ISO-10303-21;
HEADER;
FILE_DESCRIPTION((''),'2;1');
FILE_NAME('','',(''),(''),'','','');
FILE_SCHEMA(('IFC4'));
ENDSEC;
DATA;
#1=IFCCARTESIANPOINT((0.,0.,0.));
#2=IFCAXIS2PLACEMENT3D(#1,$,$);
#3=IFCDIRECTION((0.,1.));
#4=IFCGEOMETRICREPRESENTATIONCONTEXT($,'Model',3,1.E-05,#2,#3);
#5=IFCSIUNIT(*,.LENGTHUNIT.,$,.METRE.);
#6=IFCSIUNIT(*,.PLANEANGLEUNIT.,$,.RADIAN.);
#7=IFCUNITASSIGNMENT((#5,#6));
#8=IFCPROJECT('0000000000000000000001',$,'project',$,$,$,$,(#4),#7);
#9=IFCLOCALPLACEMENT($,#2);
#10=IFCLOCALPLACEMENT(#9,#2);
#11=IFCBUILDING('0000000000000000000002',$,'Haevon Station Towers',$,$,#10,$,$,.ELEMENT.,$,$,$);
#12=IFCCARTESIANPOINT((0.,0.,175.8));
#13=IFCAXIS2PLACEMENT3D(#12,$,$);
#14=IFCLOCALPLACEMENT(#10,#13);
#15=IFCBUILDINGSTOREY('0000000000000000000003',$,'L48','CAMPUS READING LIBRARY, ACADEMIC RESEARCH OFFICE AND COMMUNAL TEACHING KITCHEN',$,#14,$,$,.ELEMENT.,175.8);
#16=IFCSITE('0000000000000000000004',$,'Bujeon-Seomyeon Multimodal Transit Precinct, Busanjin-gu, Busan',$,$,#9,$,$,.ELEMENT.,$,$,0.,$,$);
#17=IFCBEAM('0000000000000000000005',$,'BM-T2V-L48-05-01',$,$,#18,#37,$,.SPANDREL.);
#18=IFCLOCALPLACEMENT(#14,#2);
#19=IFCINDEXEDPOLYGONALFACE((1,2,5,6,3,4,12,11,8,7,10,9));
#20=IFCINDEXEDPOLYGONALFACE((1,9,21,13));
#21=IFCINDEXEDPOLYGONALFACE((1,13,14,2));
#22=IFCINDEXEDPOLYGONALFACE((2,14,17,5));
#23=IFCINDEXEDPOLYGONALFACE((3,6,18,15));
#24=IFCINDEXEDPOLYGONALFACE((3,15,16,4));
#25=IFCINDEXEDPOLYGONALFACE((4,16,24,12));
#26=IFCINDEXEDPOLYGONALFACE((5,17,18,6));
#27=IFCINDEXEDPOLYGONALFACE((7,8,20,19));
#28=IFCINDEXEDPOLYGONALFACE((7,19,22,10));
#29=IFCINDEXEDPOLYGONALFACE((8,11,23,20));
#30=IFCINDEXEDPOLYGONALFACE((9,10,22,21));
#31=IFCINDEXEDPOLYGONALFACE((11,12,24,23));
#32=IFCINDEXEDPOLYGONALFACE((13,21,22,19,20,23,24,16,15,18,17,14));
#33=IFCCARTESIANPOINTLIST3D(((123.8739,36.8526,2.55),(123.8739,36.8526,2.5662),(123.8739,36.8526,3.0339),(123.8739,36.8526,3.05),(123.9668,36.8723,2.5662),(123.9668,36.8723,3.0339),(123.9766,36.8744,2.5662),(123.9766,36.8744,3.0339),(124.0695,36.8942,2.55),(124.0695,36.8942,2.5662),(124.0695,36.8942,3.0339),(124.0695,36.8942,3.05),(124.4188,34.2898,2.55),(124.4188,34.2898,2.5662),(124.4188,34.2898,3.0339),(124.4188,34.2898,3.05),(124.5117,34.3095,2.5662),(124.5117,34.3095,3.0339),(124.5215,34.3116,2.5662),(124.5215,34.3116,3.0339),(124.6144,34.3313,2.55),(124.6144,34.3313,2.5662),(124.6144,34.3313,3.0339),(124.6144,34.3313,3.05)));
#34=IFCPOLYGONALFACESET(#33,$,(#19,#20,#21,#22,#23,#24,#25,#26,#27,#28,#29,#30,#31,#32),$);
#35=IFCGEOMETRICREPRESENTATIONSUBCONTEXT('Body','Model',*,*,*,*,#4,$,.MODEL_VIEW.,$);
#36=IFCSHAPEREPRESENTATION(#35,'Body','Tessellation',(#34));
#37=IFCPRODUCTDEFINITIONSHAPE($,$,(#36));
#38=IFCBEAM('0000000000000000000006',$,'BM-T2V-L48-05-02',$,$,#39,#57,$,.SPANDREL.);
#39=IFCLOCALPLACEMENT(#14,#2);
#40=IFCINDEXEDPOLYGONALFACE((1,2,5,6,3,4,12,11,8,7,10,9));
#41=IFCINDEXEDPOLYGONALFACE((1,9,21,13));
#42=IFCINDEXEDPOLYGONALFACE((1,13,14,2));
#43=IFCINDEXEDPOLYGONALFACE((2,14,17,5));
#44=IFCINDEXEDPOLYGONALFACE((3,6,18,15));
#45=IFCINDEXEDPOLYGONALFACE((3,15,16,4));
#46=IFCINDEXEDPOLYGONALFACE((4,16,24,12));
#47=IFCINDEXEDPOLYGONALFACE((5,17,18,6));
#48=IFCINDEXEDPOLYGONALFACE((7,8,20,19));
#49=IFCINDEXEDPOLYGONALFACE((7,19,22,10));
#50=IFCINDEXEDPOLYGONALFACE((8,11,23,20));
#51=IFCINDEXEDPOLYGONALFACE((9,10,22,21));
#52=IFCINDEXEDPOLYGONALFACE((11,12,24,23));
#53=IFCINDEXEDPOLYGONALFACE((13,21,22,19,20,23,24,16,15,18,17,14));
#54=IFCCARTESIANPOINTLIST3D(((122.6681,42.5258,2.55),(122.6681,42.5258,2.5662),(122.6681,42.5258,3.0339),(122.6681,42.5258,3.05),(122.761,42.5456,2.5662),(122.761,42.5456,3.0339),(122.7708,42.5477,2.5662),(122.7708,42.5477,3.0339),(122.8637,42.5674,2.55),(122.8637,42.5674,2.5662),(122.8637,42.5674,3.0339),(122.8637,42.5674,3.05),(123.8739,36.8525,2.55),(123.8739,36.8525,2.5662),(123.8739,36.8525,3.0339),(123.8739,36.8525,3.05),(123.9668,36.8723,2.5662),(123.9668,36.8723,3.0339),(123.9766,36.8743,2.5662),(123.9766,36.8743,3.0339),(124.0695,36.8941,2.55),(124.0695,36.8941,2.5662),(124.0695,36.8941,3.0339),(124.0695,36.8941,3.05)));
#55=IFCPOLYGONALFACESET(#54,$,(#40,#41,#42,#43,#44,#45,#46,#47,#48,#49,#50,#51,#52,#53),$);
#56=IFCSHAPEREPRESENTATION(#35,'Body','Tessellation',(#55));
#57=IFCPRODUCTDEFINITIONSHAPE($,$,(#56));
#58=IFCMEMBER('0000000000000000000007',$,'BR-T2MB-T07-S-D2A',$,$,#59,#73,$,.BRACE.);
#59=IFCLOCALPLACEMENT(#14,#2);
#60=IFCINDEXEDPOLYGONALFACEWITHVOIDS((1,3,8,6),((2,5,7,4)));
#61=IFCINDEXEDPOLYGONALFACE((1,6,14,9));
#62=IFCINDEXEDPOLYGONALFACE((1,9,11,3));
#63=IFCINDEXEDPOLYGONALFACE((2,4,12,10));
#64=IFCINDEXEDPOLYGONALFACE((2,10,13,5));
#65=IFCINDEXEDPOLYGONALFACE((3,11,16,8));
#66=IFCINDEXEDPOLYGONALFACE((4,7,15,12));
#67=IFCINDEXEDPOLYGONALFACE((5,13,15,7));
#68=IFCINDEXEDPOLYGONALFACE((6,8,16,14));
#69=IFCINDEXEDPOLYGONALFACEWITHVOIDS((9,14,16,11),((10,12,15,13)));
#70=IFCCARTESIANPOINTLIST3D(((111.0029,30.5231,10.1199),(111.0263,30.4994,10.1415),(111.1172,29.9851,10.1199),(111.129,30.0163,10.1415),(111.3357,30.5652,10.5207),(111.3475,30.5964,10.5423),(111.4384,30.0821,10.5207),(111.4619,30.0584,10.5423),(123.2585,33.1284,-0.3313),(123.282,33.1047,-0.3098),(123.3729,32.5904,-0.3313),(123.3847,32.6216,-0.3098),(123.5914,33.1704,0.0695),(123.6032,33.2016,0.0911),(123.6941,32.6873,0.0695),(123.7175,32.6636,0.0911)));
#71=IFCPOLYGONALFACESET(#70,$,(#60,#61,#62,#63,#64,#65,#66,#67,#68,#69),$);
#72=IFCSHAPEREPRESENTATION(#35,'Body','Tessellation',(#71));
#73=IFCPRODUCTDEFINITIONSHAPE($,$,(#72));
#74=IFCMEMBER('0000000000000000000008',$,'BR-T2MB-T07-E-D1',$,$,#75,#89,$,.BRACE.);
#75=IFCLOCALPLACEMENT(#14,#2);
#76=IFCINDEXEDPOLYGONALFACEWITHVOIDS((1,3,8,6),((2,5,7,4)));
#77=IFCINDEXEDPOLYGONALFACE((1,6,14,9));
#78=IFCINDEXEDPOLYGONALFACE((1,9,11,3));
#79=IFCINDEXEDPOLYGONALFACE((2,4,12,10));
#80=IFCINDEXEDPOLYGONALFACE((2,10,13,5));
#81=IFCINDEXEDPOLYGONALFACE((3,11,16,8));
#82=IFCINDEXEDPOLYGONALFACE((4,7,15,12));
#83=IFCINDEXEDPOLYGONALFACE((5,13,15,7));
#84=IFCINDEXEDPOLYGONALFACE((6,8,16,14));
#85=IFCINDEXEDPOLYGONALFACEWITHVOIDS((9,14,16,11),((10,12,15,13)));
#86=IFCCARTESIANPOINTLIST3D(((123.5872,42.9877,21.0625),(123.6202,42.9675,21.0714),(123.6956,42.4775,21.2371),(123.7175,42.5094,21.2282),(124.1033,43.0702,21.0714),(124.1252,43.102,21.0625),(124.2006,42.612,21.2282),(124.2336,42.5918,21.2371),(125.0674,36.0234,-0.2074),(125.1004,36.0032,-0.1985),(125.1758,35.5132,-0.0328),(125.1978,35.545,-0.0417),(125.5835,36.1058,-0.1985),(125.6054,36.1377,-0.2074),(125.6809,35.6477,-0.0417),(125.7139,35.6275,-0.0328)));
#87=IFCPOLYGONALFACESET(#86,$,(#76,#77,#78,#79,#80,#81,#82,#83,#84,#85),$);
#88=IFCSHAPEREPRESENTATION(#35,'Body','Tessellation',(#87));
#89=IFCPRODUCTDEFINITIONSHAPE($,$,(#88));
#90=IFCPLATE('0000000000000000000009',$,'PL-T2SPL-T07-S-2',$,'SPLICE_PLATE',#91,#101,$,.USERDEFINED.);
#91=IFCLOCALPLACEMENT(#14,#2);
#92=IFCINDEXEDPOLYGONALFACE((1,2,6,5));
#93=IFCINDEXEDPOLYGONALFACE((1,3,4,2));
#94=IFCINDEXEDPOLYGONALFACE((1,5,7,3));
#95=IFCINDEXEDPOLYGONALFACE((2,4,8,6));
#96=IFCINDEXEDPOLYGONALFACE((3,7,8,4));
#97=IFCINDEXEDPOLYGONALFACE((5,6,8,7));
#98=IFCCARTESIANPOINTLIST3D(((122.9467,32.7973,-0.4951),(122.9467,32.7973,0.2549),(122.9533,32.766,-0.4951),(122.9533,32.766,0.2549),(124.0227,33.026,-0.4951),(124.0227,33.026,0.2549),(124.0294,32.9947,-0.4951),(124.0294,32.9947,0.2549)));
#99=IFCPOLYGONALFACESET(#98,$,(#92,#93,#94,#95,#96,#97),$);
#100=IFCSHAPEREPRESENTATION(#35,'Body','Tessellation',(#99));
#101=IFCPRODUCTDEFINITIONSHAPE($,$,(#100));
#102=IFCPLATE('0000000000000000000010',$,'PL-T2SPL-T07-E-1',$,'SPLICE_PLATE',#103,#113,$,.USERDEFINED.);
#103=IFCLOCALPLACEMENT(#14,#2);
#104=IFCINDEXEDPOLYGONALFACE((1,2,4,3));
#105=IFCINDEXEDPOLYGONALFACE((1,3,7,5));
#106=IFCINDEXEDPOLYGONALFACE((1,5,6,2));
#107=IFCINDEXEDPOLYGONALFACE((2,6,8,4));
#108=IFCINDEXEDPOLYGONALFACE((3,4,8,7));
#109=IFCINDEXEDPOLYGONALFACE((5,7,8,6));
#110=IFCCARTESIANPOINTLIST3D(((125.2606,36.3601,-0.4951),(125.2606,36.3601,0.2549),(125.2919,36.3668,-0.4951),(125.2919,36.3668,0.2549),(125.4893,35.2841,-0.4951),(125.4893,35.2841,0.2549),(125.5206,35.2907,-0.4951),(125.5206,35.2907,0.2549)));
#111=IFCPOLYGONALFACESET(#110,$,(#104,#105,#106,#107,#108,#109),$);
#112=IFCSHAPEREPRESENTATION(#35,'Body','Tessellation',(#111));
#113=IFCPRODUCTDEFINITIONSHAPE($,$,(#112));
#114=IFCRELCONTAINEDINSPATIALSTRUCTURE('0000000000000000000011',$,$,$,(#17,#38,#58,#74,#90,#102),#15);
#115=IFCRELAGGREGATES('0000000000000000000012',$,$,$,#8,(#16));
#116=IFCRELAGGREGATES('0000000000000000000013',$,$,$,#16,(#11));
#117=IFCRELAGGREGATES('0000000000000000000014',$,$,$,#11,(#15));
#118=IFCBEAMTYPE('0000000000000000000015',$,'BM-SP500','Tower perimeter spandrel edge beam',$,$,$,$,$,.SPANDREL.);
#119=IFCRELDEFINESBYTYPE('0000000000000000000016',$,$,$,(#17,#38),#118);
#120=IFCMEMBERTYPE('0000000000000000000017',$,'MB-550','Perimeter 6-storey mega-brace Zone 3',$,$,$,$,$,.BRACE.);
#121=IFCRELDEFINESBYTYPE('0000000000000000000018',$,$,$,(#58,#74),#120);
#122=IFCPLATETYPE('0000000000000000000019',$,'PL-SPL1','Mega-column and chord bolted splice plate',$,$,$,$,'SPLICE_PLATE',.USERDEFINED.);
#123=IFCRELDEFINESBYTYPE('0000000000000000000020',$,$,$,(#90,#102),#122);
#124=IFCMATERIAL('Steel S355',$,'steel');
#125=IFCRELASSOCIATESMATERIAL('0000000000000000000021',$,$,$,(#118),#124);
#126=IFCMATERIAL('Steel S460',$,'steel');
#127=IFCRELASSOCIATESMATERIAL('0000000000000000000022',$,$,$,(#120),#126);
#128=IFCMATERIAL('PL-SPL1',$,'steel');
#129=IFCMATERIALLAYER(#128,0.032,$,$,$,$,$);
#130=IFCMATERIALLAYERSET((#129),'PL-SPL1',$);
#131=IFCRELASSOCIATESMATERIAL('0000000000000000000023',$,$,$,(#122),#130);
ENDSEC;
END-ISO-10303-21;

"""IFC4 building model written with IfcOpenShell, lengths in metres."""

from ifc_helpers import new_model, si_unit, direction, frame, origin, origin_2d, place, context, subcontext, project, spatial, rectangle, hollow_rectangle, i_section, extrude, material, layer, layer_set, material_profile, profile_set, type_object, element, save


model = new_model("IFC4")

# Units and contexts
model_context = context("Model", 3, precision=1e-05, world=origin(), true_north=direction((0.0, 1.0)))
body_context = subcontext(model_context, "Body", "Model", "MODEL_VIEW")
ifc_project = project(units=[si_unit("LENGTHUNIT", "METRE"), si_unit("PLANEANGLEUNIT", "RADIAN")], contexts=[model_context])

# Site, building, storey
site_placement = place(None, origin())
site = spatial("IfcSite", under=ifc_project, at=site_placement, Name="Bujeon-Seomyeon Multimodal Transit Precinct, Busanjin-gu, Busan", CompositionType="ELEMENT", RefElevation=0.0)
building_placement = place(site_placement, origin())
building = spatial("IfcBuilding", under=site, at=building_placement, Name="Haevon Station Towers", CompositionType="ELEMENT")
storey_placement = place(building_placement, frame((0.0, 0.0, 175.8)))
storey = spatial("IfcBuildingStorey", under=building, at=storey_placement, Name="L48", Description="CAMPUS READING LIBRARY, ACADEMIC RESEARCH OFFICE AND COMMUNAL TEACHING KITCHEN", CompositionType="ELEMENT", Elevation=175.8)

# Shared definitions
ifc_material_1 = material(Name="Steel S460", Category="steel")
ifc_material_2 = material(Name="Steel S355", Category="steel")

# Beams
ifc_material_profile_1 = material_profile(ifc_material_2, i_section(OverallWidth=0.2, OverallDepth=0.5, WebThickness=0.01, FlangeThickness=0.0161, at=origin_2d()), Name="H-500x200x10x16")
ifc_profile_set_1 = profile_set([ifc_material_profile_1], Name="Steel S355")
beam_type_1 = type_object("IfcBeamType", Name="BM-SP500", Description="Tower perimeter spandrel edge beam", PredefinedType="SPANDREL", material=ifc_profile_set_1)
beam_1_placement = place(storey_placement, frame((124.5166, 34.3105, 2.8), z_axis=(-0.207982, 0.978133, 0.0), x_axis=(-0.978133, -0.207982, 0.0)))
element("IfcBeam", 1, at=beam_1_placement, inside=storey, type_object=beam_type_1, Name="BM-T2V-L48-05-01", PredefinedType="SPANDREL", context=body_context, shape_type="SweptSolid", body=[
    extrude(i_section(OverallWidth=0.2, OverallDepth=0.5, WebThickness=0.01, FlangeThickness=0.0161, at=origin_2d()), origin(), (0.0, 0.0, 1.0), 2.6201),
])
beam_2_placement = place(storey_placement, frame((123.9717, 36.8733, 2.8), z_axis=(-0.207896, 0.978151, 0.0), x_axis=(-0.978151, -0.207896, 0.0)))
element("IfcBeam", 2, at=beam_2_placement, inside=storey, type_object=beam_type_1, Name="BM-T2V-L48-05-02", PredefinedType="SPANDREL", context=body_context, shape_type="SweptSolid", body=[
    extrude(i_section(OverallWidth=0.2, OverallDepth=0.5, WebThickness=0.01, FlangeThickness=0.0161, at=origin_2d()), origin(), (0.0, 0.0, 1.0), 5.8),
])

# Members
ifc_material_profile_2 = material_profile(ifc_material_1, hollow_rectangle(XDim=0.55, YDim=0.55, WallThickness=0.0281, at=origin_2d()), Name="RHS-550x550x28")
ifc_profile_set_2 = profile_set([ifc_material_profile_2], Name="Steel S460")
member_type = type_object("IfcMemberType", Name="MB-550", Description="Perimeter 6-storey mega-brace Zone 3", PredefinedType="BRACE", material=ifc_profile_set_2)
member_1_placement = place(storey_placement, frame((123.488, 32.896, -0.1201), z_axis=(-0.751137, -0.159672, 0.640544), x_axis=(0.207928, -0.978144, 0.0)))
element("IfcMember", 3, at=member_1_placement, inside=storey, type_object=member_type, Name="BR-T2MB-T07-S-D2A", PredefinedType="BRACE", context=body_context, shape_type="SweptSolid", body=[
    extrude(hollow_rectangle(XDim=0.55, YDim=0.55, WallThickness=0.0281, at=origin_2d()), origin(), (0.0, 0.0, 1.0), 16.3162),
])
member_2_placement = place(storey_placement, frame((125.3906, 35.8254, -0.1201), z_axis=(-0.065993, 0.310492, 0.948282), x_axis=(-0.97815, -0.207899, 0.0)))
element("IfcMember", 4, at=member_2_placement, inside=storey, type_object=member_type, Name="BR-T2MB-T07-E-D1", PredefinedType="BRACE", context=body_context, shape_type="SweptSolid", body=[
    extrude(hollow_rectangle(XDim=0.55, YDim=0.55, WallThickness=0.0281, at=origin_2d()), origin(), (0.0, 0.0, 1.0), 22.4299),
])

# Plates
ifc_material_3 = material(Name="PL-SPL1", Category="steel")
ifc_layer_1 = layer(ifc_material_3, 0.032)
ifc_layer_set_1 = layer_set([ifc_layer_1], Name="PL-SPL1")
plate_type = type_object("IfcPlateType", Name="PL-SPL1", Description="Mega-column and chord bolted splice plate", ElementType="SPLICE_PLATE", PredefinedType="USERDEFINED", material=ifc_layer_set_1)
for number, where, z_axis, x_axis, name in (
    (5, (123.488, 32.896, -0.4951), (0.0, 0.0, 1.0), (0.978148, 0.207912, 0.0), "PL-T2SPL-T07-S-2"),
    (6, (125.3906, 35.8254, -0.4951), (0.0, 0.0, 1.0), (-0.207912, 0.978148, 0.0), "PL-T2SPL-T07-E-1"),
):
    element("IfcPlate", number, at=place(storey_placement, frame(where, z_axis=z_axis, x_axis=x_axis)), inside=storey, type_object=plate_type, Name=name, ObjectType="SPLICE_PLATE", PredefinedType="USERDEFINED", context=body_context, shape_type="SweptSolid", body=[
        extrude(rectangle(XDim=1.1001, YDim=0.032, at=origin_2d()), origin(), (0.0, 0.0, 1.0), 0.75),
    ])

save(model, "model.ifc")
